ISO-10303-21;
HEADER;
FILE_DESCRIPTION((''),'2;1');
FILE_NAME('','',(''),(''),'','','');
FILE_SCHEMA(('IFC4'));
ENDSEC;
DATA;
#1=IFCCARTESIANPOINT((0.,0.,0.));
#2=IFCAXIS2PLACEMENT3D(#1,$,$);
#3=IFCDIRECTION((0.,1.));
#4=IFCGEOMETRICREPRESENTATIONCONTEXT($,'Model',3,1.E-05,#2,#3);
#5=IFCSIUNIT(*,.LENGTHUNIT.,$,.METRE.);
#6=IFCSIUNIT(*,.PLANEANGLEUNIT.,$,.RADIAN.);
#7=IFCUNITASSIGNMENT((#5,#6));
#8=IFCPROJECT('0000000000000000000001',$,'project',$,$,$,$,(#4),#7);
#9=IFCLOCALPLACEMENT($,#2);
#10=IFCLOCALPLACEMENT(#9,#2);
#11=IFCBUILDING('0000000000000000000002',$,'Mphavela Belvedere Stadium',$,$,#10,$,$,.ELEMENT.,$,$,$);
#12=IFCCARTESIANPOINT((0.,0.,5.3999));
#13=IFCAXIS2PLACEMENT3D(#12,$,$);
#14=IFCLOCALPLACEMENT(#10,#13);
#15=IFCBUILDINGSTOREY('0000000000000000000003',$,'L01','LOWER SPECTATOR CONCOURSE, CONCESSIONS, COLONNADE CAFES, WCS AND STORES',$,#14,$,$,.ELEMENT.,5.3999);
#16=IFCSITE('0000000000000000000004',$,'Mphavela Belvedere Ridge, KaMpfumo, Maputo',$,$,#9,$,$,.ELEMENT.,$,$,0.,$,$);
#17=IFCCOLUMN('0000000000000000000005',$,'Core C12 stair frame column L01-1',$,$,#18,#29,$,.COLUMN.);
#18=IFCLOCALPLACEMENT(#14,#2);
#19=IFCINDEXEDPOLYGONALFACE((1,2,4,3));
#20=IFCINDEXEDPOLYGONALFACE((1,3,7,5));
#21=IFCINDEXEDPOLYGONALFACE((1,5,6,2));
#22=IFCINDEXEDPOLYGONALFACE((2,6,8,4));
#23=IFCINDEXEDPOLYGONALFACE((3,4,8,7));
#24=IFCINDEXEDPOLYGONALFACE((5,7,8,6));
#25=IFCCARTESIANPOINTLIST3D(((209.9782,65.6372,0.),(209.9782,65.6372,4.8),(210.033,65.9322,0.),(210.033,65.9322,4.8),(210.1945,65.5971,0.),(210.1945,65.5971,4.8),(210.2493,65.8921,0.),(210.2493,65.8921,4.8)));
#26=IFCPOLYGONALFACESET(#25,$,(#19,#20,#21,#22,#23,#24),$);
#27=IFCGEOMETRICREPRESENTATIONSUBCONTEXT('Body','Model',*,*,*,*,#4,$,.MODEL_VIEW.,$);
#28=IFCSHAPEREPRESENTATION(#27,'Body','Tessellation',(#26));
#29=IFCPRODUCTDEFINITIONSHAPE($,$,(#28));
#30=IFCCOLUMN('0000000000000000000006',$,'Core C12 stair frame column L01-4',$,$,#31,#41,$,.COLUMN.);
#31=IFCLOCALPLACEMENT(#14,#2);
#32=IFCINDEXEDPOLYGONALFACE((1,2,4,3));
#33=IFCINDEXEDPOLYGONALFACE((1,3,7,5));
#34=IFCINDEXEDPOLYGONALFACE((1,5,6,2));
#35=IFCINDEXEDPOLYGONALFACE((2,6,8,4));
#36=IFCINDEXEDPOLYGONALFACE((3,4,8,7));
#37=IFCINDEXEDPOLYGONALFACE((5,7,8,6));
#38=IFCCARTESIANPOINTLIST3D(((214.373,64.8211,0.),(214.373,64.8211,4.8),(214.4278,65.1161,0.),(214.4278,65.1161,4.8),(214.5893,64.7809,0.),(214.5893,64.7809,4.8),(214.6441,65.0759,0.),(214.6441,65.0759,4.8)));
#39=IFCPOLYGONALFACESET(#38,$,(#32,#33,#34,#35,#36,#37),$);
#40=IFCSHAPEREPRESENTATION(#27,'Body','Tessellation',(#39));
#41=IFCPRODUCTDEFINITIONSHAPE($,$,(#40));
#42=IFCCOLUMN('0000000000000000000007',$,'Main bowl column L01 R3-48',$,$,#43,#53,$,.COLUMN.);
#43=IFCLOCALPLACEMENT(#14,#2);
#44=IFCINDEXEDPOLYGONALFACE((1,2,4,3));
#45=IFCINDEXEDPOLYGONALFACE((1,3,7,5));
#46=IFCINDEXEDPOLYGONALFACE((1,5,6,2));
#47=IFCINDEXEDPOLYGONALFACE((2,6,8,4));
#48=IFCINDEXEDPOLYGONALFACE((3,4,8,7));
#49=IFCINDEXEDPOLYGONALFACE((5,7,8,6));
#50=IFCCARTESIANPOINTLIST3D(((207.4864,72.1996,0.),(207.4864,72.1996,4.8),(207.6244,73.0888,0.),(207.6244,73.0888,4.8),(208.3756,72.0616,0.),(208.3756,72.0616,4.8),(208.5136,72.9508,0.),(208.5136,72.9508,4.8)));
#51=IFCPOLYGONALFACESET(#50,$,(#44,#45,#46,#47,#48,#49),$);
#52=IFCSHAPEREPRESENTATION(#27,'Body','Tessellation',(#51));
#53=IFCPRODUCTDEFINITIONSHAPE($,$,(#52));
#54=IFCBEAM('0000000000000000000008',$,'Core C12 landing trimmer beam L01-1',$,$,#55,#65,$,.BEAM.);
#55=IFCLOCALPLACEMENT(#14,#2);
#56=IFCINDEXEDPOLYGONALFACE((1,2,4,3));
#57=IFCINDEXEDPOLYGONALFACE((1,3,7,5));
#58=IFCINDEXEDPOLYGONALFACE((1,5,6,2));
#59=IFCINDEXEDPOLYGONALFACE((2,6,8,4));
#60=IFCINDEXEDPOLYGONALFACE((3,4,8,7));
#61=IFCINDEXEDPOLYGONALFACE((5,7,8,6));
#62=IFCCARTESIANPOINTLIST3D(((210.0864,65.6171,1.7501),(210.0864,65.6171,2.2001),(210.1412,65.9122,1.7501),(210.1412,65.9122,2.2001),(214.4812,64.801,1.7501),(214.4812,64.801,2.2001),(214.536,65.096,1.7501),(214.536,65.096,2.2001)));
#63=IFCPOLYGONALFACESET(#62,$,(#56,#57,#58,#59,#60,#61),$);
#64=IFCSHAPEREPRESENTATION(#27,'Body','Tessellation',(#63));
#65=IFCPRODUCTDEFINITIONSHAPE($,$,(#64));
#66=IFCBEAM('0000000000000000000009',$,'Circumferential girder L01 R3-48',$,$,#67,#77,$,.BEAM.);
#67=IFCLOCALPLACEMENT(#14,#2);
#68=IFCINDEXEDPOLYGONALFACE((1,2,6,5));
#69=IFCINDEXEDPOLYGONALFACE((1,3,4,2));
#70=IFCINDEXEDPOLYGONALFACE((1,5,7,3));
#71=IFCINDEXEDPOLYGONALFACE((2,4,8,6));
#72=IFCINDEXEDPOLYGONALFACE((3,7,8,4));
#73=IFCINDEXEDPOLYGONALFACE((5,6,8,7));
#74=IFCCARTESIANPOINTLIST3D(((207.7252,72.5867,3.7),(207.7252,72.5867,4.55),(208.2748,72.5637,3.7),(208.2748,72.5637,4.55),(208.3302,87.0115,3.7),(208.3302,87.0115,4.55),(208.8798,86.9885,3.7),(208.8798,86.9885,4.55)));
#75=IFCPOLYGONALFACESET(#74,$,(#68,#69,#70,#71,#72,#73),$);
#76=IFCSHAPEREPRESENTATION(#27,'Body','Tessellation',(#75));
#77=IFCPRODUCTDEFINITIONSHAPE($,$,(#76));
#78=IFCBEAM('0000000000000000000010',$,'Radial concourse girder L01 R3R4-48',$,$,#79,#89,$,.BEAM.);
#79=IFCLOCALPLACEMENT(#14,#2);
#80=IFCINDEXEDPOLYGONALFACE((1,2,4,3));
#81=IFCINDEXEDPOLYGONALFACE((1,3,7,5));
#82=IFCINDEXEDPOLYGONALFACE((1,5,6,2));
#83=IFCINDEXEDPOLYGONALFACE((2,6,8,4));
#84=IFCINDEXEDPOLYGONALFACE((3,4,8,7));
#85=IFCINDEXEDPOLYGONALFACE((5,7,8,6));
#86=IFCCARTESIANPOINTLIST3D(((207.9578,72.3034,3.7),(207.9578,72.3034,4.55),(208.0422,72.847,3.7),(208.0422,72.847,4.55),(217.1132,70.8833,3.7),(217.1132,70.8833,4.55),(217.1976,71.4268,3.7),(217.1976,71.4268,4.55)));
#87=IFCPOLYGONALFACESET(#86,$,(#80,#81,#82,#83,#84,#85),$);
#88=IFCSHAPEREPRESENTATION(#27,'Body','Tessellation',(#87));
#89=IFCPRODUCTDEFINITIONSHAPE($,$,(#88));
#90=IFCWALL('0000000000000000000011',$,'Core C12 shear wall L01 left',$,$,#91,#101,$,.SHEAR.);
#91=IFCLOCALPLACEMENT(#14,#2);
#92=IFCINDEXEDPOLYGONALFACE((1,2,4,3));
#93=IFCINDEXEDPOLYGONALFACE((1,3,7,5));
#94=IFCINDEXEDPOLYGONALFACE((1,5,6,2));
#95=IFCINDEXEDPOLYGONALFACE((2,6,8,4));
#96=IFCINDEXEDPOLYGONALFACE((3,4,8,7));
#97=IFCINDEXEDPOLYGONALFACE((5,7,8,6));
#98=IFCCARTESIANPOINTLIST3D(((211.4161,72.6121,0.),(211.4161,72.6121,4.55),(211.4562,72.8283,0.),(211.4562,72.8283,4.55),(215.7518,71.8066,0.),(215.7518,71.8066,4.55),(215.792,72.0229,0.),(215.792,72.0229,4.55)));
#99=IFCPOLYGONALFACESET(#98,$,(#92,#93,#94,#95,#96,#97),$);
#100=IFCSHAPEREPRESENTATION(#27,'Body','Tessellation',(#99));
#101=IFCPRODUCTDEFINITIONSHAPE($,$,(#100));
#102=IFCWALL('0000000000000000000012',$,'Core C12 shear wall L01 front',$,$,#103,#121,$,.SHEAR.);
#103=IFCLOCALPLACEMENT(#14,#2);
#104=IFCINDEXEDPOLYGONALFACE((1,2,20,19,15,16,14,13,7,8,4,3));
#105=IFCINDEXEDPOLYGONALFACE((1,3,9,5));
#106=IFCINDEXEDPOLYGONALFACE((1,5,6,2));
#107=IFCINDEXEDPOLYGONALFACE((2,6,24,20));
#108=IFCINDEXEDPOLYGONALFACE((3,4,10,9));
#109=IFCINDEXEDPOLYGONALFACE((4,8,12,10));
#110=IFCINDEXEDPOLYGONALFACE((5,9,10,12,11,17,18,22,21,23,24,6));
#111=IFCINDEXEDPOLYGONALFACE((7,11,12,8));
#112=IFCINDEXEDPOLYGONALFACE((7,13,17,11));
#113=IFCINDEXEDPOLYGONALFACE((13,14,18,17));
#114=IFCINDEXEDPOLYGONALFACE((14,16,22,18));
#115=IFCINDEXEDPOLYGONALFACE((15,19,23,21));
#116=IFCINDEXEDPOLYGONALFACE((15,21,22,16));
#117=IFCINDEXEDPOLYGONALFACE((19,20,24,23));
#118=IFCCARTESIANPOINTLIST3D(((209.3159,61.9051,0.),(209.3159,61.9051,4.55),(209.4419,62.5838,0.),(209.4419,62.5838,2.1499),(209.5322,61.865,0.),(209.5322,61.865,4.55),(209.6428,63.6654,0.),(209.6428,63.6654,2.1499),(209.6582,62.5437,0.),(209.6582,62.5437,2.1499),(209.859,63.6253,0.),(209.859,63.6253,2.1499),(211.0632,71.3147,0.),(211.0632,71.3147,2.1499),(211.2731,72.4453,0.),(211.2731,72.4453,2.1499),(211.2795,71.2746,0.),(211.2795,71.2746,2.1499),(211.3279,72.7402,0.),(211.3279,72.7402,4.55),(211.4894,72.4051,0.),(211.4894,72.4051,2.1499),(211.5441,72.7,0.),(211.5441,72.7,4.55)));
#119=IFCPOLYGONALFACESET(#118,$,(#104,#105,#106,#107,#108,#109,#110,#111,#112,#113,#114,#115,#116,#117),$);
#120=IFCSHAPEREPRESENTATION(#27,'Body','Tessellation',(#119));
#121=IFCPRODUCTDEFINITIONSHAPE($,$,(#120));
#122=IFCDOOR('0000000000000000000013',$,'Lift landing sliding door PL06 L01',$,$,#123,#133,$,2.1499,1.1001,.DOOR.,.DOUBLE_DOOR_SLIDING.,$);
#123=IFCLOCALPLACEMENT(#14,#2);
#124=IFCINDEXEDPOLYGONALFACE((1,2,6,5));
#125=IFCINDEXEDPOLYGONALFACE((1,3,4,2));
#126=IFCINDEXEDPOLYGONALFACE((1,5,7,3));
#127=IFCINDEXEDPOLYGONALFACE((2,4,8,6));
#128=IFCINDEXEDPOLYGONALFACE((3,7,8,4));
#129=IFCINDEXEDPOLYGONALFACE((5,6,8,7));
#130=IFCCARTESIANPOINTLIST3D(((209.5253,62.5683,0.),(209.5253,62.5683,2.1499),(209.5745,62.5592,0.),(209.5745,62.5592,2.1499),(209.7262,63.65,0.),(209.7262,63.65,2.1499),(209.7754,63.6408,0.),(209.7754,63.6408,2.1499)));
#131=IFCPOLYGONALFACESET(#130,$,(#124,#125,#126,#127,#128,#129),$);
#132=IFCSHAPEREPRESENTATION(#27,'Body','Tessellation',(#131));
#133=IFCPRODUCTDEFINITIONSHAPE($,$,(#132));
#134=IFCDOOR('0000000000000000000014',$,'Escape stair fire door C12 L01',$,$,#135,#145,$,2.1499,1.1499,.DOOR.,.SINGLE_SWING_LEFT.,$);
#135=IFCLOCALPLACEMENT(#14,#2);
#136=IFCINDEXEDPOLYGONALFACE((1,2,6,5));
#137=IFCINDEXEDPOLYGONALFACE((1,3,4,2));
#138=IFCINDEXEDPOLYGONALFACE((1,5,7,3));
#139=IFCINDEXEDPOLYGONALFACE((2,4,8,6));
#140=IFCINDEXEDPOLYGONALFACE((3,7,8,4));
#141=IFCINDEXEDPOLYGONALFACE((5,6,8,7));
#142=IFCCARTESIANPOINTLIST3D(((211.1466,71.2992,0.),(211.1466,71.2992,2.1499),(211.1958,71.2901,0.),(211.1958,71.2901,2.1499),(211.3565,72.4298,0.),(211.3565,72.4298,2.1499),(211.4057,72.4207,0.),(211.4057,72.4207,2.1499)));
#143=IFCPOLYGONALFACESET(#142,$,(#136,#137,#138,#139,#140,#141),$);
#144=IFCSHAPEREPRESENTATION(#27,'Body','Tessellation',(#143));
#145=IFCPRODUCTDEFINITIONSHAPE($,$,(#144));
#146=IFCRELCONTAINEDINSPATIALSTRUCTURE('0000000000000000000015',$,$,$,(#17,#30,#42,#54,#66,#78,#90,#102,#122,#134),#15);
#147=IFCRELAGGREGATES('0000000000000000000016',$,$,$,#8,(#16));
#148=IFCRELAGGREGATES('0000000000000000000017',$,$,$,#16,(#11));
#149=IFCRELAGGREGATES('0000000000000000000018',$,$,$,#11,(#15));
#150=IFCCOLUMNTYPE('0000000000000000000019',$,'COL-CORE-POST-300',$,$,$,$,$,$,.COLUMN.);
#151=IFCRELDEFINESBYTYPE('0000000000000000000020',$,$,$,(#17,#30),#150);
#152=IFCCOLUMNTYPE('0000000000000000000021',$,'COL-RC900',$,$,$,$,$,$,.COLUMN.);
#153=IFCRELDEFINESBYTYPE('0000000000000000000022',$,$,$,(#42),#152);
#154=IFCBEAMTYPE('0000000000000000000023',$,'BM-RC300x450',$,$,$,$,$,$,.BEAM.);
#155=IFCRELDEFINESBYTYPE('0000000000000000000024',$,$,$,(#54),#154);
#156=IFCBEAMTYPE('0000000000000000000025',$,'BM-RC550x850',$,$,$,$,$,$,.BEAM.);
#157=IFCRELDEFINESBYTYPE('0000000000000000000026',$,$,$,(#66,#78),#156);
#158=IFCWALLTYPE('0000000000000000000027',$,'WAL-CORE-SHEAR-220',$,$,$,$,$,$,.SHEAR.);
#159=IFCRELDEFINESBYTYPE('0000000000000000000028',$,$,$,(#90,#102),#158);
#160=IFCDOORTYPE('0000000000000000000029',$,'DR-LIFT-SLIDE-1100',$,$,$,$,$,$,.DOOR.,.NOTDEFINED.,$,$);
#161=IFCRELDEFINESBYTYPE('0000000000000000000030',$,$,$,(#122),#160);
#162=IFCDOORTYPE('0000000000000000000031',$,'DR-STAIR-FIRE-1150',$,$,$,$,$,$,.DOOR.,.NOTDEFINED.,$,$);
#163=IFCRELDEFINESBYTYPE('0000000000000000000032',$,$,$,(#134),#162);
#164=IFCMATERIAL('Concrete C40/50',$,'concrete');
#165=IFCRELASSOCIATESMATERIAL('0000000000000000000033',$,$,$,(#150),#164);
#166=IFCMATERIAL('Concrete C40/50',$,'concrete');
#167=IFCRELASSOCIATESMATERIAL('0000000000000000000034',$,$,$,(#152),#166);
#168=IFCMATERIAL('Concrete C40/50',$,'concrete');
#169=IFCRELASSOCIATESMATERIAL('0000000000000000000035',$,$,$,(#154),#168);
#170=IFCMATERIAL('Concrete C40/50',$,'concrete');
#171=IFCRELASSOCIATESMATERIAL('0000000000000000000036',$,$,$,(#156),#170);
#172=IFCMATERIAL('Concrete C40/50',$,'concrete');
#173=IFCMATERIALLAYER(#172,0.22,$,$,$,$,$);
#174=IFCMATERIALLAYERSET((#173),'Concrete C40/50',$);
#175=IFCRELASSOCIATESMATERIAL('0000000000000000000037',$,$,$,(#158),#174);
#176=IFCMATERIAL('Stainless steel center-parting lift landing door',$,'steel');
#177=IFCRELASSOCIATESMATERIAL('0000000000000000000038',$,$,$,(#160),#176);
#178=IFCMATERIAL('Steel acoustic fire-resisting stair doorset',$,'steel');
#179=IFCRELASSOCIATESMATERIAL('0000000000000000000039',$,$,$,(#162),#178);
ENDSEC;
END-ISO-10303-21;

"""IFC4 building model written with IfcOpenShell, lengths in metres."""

from ifc_helpers import new_model, si_unit, direction, frame, frame_2d, origin, origin_2d, place, context, subcontext, project, spatial, rectangle, extrude, material, layer, layer_set, material_profile, profile_set, type_object, element, fill, save


model = new_model("IFC4")

# Units and contexts
model_context = context("Model", 3, precision=1e-05, world=origin(), true_north=direction((0.0, 1.0)))
body_context = subcontext(model_context, "Body", "Model", "MODEL_VIEW")
ifc_project = project(units=[si_unit("LENGTHUNIT", "METRE"), si_unit("PLANEANGLEUNIT", "RADIAN")], contexts=[model_context])

# Site, building, storey
site_placement = place(None, origin())
site = spatial("IfcSite", under=ifc_project, at=site_placement, Name="Mphavela Belvedere Ridge, KaMpfumo, Maputo", CompositionType="ELEMENT", RefElevation=0.0)
building_placement = place(site_placement, origin())
building = spatial("IfcBuilding", under=site, at=building_placement, Name="Mphavela Belvedere Stadium", CompositionType="ELEMENT")
storey_placement = place(building_placement, frame((0.0, 0.0, 5.3999)))
storey = spatial("IfcBuildingStorey", under=building, at=storey_placement, Name="L01", Description="LOWER SPECTATOR CONCOURSE, CONCESSIONS, COLONNADE CAFES, WCS AND STORES", CompositionType="ELEMENT", Elevation=5.3999)

# Columns
ifc_material_1 = material(Name="Concrete C40/50", Category="concrete")
ifc_material_profile_1 = material_profile(ifc_material_1, rectangle(XDim=0.3, YDim=0.22, at=origin_2d()), Name="RC 300x220")
ifc_profile_set_1 = profile_set([ifc_material_profile_1], Name="Concrete C40/50")
column_type_1 = type_object("IfcColumnType", Name="COL-CORE-POST-300", PredefinedType="COLUMN", material=ifc_profile_set_1)
for number, where, z_axis, x_axis, name in (
    (1, (210.1138, 65.7646, 0.0), (0.0, 0.0, 1.0), (-0.182579, -0.983191, 0.0), "Core C12 stair frame column L01-1"),
    (2, (214.5085, 64.9485, 0.0), (0.0, 0.0, 1.0), (-0.182579, -0.983191, 0.0), "Core C12 stair frame column L01-4"),
):
    element("IfcColumn", number, at=place(storey_placement, frame(where, z_axis=z_axis, x_axis=x_axis)), inside=storey, type_object=column_type_1, Name=name, PredefinedType="COLUMN", context=body_context, shape_type="SweptSolid", body=[
        extrude(rectangle(XDim=0.3, YDim=0.22, at=origin_2d()), origin(), (0.0, 0.0, 1.0), 4.8),
    ])
ifc_material_2 = material(Name="Concrete C40/50", Category="concrete")
ifc_material_profile_2 = material_profile(ifc_material_2, rectangle(XDim=0.8999, YDim=0.8999, at=origin_2d()), Name="RC 900x900")
ifc_profile_set_2 = profile_set([ifc_material_profile_2], Name="Concrete C40/50")
column_type_2 = type_object("IfcColumnType", Name="COL-RC900", PredefinedType="COLUMN", material=ifc_profile_set_2)
column_placement = place(storey_placement, frame((208.0, 72.5752, 0.0), z_axis=(0.0, 0.0, 1.0), x_axis=(0.988175, -0.153331, 0.0)))
element("IfcColumn", 3, at=column_placement, inside=storey, type_object=column_type_2, Name="Main bowl column L01 R3-48", PredefinedType="COLUMN", context=body_context, shape_type="SweptSolid", body=[
    extrude(rectangle(XDim=0.8999, YDim=0.8999, at=origin_2d()), origin(), (0.0, 0.0, 1.0), 4.8),
])

# Beams
ifc_material_3 = material(Name="Concrete C40/50", Category="concrete")
ifc_material_profile_3 = material_profile(ifc_material_3, rectangle(XDim=0.3, YDim=0.45, at=origin_2d()), Name="RC 300x450")
ifc_profile_set_3 = profile_set([ifc_material_profile_3], Name="Concrete C40/50")
beam_type_1 = type_object("IfcBeamType", Name="BM-RC300x450", PredefinedType="BEAM", material=ifc_profile_set_3)
beam_1_placement = place(storey_placement, frame((210.1138, 65.7646, 1.9751), z_axis=(0.983189, -0.18259, 0.0), x_axis=(0.18259, 0.983189, 0.0)))
element("IfcBeam", 4, at=beam_1_placement, inside=storey, type_object=beam_type_1, Name="Core C12 landing trimmer beam L01-1", PredefinedType="BEAM", context=body_context, shape_type="SweptSolid", body=[
    extrude(rectangle(XDim=0.3, YDim=0.45, at=origin_2d()), origin(), (0.0, 0.0, 1.0), 4.47),
])
ifc_material_4 = material(Name="Concrete C40/50", Category="concrete")
ifc_material_profile_4 = material_profile(ifc_material_4, rectangle(XDim=0.55, YDim=0.8501, at=origin_2d()), Name="RC 550x850")
ifc_profile_set_4 = profile_set([ifc_material_profile_4], Name="Concrete C40/50")
beam_type_2 = type_object("IfcBeamType", Name="BM-RC550x850", PredefinedType="BEAM", material=ifc_profile_set_4)
beam_2_placement = place(storey_placement, frame((208.0, 72.5752, 4.125), z_axis=(0.041903, 0.999122, 0.0), x_axis=(-0.999122, 0.041903, 0.0)))
element("IfcBeam", 5, at=beam_2_placement, inside=storey, type_object=beam_type_2, Name="Circumferential girder L01 R3-48", PredefinedType="BEAM", context=body_context, shape_type="SweptSolid", body=[
    extrude(rectangle(XDim=0.55, YDim=0.8501, at=origin_2d()), origin(), (0.0, 0.0, 1.0), 14.4375),
])
beam_3_placement = place(storey_placement, frame((208.0, 72.5752, 4.125), z_axis=(0.988182, -0.153283, 0.0), x_axis=(0.153283, 0.988182, 0.0)))
element("IfcBeam", 6, at=beam_3_placement, inside=storey, type_object=beam_type_2, Name="Radial concourse girder L01 R3R4-48", PredefinedType="BEAM", context=body_context, shape_type="SweptSolid", body=[
    extrude(rectangle(XDim=0.55, YDim=0.8501, at=origin_2d()), origin(), (0.0, 0.0, 1.0), 9.2649),
])

# Wall
ifc_material_5 = material(Name="Concrete C40/50", Category="concrete")
ifc_layer_1 = layer(ifc_material_5, 0.22)
ifc_layer_set_1 = layer_set([ifc_layer_1], Name="Concrete C40/50")
wall_type_1 = type_object("IfcWallType", Name="WAL-CORE-SHEAR-220", PredefinedType="SHEAR", material=ifc_layer_set_1)
wall_1_placement = place(storey_placement, frame((211.436, 72.7202, 0.0), z_axis=(0.0, 0.0, 1.0), x_axis=(0.98318, -0.18264, 0.0)))
element("IfcWall", 7, at=wall_1_placement, inside=storey, type_object=wall_type_1, Name="Core C12 shear wall L01 left", PredefinedType="SHEAR", context=body_context, shape_type="SweptSolid", body=[
    extrude(rectangle(XDim=4.4099, YDim=0.22, at=frame_2d((2.2051, 0.0))), origin(), (0.0, 0.0, 1.0), 4.55),
])

# Wall, openings, doors
wall_2_placement = place(storey_placement, frame((211.436, 72.7202, 0.0), z_axis=(0.0, 0.0, 1.0), x_axis=(-0.182571, -0.983193, 0.0)))
wall_2 = element("IfcWall", 8, at=wall_2_placement, inside=storey, type_object=wall_type_1, Name="Core C12 shear wall L01 front", PredefinedType="SHEAR", context=body_context, shape_type="SweptSolid", body=[
    extrude(rectangle(XDim=11.0203, YDim=0.22, at=frame_2d((5.5103, 0.0))), origin(), (0.0, 0.0, 1.0), 4.55),
])
opening_1_placement = place(wall_2_placement, frame((0.3, 0.0, 0.0)))
opening_1 = element("IfcOpeningElement", 9, at=opening_1_placement, cuts=wall_2, PredefinedType="OPENING", context=body_context, shape_type="SweptSolid", body=[
    extrude(rectangle(XDim=1.1499, YDim=2.1499, at=frame_2d((0.575, 1.075))), frame((0.0, 0.1201, 0.0), z_axis=(0.0, -1.0, 0.0), x_axis=(1.0, 0.0, 0.0)), (0.0, 0.0, 1.0), 0.24),
])
opening_2_placement = place(wall_2_placement, frame((9.23, 0.0, 0.0)))
opening_2 = element("IfcOpeningElement", 10, at=opening_2_placement, cuts=wall_2, PredefinedType="OPENING", context=body_context, shape_type="SweptSolid", body=[
    extrude(rectangle(XDim=1.1001, YDim=2.1499, at=frame_2d((0.55, 1.075))), frame((0.0, 0.1201, 0.0), z_axis=(0.0, -1.0, 0.0), x_axis=(1.0, 0.0, 0.0)), (0.0, 0.0, 1.0), 0.24),
])
ifc_material_6 = material(Name="Stainless steel center-parting lift landing door", Category="steel")
door_type_1 = type_object("IfcDoorType", Name="DR-LIFT-SLIDE-1100", OperationType="NOTDEFINED", PredefinedType="DOOR", material=ifc_material_6)
door_1_placement = place(opening_2_placement, origin())
door_1 = element("IfcDoor", 11, at=door_1_placement, inside=storey, type_object=door_type_1, Name="Lift landing sliding door PL06 L01", OperationType="DOUBLE_DOOR_SLIDING", OverallHeight=2.1499, OverallWidth=1.1001, PredefinedType="DOOR", context=body_context, shape_type="SweptSolid", body=[
    extrude(rectangle(XDim=1.1001, YDim=2.1499, at=frame_2d((0.55, 1.075))), frame((0.0, 0.0249, 0.0), z_axis=(0.0, -1.0, 0.0), x_axis=(1.0, 0.0, 0.0)), (0.0, 0.0, 1.0), 0.05),
])
fill(opening_2, door_1)
ifc_material_7 = material(Name="Steel acoustic fire-resisting stair doorset", Category="steel")
door_type_2 = type_object("IfcDoorType", Name="DR-STAIR-FIRE-1150", OperationType="NOTDEFINED", PredefinedType="DOOR", material=ifc_material_7)
door_2_placement = place(opening_1_placement, origin())
door_2 = element("IfcDoor", 12, at=door_2_placement, inside=storey, type_object=door_type_2, Name="Escape stair fire door C12 L01", OperationType="SINGLE_SWING_LEFT", OverallHeight=2.1499, OverallWidth=1.1499, PredefinedType="DOOR", context=body_context, shape_type="SweptSolid", body=[
    extrude(rectangle(XDim=1.1499, YDim=2.1499, at=frame_2d((0.575, 1.075))), frame((0.0, 0.0249, 0.0), z_axis=(0.0, -1.0, 0.0), x_axis=(1.0, 0.0, 0.0)), (0.0, 0.0, 1.0), 0.05),
])
fill(opening_1, door_2)

save(model, "model.ifc")
